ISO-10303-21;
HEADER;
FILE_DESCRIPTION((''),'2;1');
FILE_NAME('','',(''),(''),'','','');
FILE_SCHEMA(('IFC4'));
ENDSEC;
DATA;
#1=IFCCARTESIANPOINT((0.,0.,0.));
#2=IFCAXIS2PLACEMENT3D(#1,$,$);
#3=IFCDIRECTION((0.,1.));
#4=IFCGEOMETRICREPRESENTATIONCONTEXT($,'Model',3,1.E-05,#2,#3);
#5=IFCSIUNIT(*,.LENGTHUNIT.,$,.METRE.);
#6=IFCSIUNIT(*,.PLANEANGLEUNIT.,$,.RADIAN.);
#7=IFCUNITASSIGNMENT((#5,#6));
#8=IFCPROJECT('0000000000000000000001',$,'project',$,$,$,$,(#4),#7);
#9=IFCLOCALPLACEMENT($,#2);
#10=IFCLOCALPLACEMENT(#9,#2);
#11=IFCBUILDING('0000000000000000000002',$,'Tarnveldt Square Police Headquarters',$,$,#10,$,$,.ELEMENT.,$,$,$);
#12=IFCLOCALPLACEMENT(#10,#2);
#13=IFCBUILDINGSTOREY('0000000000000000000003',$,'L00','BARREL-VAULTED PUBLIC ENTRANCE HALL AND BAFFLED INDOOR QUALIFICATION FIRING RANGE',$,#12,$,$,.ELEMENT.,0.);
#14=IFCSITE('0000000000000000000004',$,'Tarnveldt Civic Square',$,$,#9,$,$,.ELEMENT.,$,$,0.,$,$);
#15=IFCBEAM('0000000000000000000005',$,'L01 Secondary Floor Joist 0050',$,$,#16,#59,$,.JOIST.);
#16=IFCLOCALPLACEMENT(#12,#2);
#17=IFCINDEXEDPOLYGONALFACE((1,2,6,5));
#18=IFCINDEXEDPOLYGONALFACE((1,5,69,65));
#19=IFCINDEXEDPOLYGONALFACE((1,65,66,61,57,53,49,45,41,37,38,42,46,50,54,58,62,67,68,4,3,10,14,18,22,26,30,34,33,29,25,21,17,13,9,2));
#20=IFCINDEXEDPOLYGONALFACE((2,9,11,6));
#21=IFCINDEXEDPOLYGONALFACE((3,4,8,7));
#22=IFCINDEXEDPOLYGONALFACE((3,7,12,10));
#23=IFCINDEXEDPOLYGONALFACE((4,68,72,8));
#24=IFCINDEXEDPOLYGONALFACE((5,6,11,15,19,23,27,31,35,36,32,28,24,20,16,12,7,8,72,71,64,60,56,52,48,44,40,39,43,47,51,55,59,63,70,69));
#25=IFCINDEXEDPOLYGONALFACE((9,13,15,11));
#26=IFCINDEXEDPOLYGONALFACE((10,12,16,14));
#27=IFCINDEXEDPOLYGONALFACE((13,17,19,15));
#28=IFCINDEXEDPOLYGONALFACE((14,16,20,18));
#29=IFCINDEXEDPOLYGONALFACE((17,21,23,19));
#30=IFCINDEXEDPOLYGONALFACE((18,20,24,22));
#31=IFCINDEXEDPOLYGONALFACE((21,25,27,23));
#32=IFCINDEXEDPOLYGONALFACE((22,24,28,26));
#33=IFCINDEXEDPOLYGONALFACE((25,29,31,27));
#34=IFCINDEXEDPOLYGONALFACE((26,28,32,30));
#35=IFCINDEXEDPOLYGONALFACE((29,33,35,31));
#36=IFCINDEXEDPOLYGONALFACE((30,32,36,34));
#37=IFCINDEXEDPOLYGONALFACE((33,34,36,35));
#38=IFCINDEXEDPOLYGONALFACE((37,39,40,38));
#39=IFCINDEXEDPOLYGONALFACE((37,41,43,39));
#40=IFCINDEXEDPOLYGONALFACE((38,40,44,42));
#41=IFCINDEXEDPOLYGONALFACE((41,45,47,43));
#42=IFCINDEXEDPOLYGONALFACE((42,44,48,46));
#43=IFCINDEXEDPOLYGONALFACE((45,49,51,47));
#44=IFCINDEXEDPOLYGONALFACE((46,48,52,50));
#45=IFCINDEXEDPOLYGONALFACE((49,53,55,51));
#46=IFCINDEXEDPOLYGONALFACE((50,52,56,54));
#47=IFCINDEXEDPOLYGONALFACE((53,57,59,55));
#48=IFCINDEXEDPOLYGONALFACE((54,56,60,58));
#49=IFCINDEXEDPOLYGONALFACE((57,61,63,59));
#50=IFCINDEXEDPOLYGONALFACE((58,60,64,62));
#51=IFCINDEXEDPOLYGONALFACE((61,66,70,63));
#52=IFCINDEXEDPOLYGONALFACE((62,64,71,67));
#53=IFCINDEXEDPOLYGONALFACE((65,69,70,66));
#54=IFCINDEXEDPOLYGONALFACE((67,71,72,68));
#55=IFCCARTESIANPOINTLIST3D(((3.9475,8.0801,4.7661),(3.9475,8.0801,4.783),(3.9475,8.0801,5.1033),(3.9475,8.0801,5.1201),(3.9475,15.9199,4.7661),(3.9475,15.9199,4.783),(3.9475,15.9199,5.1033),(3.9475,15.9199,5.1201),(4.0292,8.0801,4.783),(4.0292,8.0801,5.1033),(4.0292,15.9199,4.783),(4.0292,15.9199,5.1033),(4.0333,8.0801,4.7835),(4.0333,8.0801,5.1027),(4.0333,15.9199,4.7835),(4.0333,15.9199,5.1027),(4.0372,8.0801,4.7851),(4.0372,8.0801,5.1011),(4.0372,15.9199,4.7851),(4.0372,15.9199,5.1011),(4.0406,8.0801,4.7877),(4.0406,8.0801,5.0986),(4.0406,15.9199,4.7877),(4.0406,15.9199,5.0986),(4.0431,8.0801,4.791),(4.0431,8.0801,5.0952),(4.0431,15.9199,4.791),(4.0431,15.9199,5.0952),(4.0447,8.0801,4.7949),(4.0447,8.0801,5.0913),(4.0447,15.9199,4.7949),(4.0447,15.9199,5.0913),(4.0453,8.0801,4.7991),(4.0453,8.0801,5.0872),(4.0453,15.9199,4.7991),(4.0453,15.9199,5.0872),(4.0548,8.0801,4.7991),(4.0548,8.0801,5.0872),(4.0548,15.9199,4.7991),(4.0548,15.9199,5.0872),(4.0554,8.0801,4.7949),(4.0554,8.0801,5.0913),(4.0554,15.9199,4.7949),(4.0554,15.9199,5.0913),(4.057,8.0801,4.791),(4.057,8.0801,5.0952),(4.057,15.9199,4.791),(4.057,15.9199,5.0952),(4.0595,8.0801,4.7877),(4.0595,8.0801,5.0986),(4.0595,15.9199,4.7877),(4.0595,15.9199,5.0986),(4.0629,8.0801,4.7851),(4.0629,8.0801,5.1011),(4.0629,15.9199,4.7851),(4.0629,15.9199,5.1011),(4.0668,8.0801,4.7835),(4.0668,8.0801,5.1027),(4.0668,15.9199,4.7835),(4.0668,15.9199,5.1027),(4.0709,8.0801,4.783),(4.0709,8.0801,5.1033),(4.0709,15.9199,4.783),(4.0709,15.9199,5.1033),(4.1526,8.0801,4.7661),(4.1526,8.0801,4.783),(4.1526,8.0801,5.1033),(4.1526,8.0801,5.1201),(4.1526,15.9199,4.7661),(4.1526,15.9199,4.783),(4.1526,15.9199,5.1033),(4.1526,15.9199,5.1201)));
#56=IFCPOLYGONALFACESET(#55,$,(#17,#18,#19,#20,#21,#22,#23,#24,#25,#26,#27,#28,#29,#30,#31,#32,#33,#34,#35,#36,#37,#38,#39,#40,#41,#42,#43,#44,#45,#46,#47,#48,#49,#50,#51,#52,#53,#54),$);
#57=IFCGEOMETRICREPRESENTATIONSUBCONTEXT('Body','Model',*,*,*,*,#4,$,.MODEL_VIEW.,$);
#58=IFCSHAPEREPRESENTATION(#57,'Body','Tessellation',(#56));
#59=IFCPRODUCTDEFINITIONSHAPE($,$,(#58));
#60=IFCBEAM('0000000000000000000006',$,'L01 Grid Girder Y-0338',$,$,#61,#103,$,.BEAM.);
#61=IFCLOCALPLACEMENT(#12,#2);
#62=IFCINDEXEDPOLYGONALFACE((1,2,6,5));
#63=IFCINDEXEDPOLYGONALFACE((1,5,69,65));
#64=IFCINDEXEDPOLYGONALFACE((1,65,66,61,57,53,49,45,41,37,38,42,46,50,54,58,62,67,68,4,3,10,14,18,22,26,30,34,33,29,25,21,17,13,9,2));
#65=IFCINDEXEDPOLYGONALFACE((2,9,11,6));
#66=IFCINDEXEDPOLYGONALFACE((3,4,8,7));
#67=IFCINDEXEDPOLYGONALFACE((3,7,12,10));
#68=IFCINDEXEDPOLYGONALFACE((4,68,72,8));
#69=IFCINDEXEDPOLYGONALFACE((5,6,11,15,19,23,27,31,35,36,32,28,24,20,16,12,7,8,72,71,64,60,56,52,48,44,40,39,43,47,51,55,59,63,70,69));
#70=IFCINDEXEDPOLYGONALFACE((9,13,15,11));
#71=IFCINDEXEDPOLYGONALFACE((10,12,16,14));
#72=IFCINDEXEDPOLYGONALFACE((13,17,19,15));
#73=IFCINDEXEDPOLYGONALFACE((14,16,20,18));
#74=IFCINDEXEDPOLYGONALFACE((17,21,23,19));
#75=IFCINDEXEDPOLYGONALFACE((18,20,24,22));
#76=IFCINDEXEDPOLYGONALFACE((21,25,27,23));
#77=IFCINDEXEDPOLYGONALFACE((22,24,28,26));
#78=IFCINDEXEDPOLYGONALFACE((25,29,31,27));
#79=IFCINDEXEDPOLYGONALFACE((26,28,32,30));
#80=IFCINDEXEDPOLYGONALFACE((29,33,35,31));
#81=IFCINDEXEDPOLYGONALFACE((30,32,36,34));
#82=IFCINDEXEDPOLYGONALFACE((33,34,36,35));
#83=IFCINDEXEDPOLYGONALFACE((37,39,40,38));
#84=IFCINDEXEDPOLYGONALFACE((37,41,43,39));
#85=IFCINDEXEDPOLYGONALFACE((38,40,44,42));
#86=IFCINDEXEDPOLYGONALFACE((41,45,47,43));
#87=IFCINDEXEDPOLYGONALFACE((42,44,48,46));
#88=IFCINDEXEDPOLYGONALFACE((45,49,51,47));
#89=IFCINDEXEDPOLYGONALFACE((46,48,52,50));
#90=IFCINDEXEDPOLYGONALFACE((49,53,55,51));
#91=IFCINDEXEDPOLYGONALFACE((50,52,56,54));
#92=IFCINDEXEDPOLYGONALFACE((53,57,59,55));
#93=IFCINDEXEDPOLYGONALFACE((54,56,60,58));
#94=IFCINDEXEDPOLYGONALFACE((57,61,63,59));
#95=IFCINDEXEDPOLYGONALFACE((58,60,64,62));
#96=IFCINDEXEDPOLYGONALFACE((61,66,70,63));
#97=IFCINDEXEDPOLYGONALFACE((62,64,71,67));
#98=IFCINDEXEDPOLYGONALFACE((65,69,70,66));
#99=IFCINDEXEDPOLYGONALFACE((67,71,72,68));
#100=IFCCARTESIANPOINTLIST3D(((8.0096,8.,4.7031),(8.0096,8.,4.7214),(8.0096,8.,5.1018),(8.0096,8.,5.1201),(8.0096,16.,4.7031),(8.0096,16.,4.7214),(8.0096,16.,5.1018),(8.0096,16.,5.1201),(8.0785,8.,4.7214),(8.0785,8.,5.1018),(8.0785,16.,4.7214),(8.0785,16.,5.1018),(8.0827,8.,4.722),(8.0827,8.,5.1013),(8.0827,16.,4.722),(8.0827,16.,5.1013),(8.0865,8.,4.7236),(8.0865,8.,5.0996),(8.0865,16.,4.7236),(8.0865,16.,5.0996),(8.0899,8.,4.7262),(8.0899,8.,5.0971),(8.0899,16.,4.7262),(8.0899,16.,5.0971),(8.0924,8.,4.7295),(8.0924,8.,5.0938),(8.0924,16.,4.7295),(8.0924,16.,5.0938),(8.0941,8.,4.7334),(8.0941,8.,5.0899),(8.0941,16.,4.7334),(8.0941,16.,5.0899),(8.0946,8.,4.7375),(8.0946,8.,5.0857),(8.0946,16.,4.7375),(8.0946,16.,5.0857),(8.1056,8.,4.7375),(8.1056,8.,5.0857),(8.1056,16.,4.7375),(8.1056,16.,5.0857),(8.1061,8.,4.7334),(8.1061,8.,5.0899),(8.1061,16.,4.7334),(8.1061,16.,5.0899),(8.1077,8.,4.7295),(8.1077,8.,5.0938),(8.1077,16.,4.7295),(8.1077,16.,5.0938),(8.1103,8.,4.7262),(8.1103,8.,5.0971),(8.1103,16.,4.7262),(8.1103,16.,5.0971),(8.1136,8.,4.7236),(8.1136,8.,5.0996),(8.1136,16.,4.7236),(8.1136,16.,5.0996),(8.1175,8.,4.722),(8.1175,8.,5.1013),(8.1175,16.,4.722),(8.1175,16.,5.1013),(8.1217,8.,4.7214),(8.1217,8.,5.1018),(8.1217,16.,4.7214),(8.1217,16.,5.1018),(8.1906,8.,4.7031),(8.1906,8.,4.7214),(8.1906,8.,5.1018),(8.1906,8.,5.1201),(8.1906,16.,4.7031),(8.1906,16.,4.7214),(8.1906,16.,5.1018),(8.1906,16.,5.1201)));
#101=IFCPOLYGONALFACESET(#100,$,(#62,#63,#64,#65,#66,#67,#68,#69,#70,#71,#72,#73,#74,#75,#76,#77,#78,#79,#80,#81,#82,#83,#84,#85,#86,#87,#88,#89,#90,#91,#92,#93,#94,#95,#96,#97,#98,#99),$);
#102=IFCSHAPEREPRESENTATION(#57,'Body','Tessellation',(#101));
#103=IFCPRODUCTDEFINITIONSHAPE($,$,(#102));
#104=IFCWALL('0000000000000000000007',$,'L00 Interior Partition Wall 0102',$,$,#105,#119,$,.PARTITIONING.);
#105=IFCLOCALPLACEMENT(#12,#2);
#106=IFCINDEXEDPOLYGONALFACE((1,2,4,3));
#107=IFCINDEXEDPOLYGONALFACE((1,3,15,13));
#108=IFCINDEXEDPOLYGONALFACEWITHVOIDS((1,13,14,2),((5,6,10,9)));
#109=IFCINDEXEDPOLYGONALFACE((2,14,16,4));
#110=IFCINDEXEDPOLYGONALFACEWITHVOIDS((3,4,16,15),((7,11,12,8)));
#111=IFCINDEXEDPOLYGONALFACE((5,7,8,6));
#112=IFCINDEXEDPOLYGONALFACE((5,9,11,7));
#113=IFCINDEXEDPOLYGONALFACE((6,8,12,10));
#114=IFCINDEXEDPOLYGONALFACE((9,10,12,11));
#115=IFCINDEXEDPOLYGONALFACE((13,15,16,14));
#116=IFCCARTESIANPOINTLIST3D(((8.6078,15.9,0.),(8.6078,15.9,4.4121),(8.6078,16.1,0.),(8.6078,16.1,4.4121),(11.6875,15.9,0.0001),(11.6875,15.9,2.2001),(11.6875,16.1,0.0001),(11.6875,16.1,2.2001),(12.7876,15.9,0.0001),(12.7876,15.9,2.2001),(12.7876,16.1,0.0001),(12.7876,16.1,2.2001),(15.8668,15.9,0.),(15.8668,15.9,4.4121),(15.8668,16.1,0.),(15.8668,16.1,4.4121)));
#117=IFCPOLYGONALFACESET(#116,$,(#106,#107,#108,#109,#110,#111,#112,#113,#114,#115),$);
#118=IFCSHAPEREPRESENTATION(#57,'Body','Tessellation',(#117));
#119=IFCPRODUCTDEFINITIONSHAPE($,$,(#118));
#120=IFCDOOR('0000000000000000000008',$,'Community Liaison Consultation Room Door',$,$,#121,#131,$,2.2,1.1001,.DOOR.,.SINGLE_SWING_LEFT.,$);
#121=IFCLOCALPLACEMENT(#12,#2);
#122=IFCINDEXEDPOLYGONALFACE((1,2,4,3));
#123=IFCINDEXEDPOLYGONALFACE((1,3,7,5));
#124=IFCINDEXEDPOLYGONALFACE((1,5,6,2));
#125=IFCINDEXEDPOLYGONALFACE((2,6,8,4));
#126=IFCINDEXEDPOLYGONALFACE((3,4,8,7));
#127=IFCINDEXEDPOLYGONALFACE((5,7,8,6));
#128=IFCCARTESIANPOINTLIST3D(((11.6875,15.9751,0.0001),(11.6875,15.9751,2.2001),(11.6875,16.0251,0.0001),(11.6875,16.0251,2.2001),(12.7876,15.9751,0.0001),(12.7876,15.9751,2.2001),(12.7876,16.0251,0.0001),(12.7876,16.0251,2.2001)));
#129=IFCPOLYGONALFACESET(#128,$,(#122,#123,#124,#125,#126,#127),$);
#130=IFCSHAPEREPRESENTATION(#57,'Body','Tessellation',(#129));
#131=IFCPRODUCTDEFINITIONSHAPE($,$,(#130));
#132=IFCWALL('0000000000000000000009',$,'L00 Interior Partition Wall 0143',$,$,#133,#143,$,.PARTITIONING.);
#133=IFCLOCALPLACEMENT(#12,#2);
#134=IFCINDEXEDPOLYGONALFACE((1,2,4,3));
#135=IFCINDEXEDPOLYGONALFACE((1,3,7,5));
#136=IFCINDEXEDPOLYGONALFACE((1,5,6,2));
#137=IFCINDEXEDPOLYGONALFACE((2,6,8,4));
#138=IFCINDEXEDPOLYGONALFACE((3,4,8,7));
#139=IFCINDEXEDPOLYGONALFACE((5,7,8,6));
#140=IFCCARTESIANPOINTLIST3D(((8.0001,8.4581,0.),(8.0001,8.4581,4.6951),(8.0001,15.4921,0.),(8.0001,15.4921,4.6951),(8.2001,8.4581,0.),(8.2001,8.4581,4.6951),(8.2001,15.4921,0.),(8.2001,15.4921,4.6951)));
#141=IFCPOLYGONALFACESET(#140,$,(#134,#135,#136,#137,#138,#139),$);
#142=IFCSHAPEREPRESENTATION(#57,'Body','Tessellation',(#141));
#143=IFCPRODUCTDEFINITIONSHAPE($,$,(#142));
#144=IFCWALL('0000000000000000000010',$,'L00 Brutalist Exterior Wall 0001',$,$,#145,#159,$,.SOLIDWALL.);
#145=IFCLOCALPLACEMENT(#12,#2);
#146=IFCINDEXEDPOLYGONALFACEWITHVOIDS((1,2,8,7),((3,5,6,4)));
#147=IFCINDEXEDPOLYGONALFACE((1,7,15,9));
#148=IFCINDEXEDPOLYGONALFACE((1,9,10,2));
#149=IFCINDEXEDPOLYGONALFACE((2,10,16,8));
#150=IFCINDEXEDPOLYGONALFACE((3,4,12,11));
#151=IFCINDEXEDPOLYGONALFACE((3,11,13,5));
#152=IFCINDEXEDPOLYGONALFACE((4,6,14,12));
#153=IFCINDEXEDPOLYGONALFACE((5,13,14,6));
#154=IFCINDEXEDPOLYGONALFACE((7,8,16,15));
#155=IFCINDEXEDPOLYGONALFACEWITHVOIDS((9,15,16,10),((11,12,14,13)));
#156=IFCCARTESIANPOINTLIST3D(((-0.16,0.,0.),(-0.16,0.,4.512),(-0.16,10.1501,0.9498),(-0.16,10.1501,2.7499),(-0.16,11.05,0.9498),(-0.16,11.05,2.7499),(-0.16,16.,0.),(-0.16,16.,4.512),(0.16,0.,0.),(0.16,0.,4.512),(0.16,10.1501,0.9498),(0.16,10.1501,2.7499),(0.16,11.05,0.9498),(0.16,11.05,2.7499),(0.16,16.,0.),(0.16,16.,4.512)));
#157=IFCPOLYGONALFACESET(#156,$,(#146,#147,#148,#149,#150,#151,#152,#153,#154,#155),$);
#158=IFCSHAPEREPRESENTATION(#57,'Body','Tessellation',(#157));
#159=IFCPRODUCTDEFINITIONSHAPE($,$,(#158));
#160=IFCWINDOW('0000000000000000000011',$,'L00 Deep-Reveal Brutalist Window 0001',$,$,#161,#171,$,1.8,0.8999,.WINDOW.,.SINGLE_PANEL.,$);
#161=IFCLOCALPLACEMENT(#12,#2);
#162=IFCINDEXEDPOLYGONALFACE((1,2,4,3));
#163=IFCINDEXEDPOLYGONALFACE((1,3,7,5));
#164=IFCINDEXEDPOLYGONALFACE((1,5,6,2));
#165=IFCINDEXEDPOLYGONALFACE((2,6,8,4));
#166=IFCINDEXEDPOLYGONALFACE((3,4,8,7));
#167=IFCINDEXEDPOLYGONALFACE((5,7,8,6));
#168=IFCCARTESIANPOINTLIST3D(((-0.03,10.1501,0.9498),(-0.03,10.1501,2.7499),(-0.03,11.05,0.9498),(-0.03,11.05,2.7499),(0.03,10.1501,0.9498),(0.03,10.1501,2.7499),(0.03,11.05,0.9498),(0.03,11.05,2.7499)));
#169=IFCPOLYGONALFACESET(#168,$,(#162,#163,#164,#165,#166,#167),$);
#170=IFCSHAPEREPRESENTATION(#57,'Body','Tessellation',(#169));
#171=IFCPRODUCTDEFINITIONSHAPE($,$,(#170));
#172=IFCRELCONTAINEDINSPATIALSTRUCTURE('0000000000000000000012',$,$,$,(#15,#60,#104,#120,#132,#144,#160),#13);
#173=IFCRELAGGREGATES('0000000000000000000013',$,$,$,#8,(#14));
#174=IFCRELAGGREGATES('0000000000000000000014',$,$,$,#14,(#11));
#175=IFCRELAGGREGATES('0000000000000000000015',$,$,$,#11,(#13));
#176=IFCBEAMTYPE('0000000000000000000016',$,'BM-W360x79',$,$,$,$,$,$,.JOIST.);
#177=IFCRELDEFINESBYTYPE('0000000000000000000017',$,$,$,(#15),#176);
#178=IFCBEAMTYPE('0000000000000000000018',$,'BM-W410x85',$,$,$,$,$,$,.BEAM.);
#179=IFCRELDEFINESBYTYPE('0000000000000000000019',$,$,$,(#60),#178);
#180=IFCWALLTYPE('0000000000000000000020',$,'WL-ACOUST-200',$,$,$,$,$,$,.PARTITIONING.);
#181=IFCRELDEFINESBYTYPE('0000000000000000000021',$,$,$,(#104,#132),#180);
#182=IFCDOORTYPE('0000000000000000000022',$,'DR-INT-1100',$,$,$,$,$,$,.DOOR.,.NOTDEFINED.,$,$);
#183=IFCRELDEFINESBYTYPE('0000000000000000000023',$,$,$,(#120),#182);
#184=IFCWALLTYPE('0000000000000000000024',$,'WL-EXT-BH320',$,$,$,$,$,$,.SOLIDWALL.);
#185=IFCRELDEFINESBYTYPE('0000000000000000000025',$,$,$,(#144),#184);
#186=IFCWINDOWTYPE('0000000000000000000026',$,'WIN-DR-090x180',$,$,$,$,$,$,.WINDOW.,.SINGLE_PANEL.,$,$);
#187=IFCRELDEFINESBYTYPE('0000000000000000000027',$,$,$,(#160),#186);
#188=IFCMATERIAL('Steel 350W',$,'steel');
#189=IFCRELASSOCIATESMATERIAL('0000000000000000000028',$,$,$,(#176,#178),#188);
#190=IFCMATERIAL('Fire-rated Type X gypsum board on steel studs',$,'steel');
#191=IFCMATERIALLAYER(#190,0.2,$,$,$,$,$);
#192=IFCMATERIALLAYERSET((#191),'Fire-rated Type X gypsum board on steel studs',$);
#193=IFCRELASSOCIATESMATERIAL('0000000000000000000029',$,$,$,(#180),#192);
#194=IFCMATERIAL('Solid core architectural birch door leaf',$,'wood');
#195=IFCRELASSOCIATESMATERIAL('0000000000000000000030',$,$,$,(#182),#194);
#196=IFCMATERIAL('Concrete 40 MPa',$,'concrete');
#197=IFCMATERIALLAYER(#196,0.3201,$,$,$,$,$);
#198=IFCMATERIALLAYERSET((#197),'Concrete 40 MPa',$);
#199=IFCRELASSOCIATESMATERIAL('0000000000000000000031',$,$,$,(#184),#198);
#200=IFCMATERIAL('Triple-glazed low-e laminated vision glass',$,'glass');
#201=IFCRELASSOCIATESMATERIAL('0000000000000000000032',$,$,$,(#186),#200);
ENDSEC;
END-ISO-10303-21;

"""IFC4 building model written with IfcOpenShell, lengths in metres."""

from ifc_helpers import new_model, si_unit, direction, frame, frame_2d, origin, origin_2d, place, context, subcontext, project, spatial, rectangle, i_section, extrude, material, layer, layer_set, material_profile, profile_set, type_object, element, fill, save


model = new_model("IFC4")

# Units and contexts
model_context = context("Model", 3, precision=1e-05, world=origin(), true_north=direction((0.0, 1.0)))
body_context = subcontext(model_context, "Body", "Model", "MODEL_VIEW")
ifc_project = project(units=[si_unit("LENGTHUNIT", "METRE"), si_unit("PLANEANGLEUNIT", "RADIAN")], contexts=[model_context])

# Site, building, storey
site_placement = place(None, origin())
site = spatial("IfcSite", under=ifc_project, at=site_placement, Name="Tarnveldt Civic Square", CompositionType="ELEMENT", RefElevation=0.0)
building_placement = place(site_placement, origin())
building = spatial("IfcBuilding", under=site, at=building_placement, Name="Tarnveldt Square Police Headquarters", CompositionType="ELEMENT")
storey_placement = place(building_placement, origin())
storey = spatial("IfcBuildingStorey", under=building, at=storey_placement, Name="L00", Description="BARREL-VAULTED PUBLIC ENTRANCE HALL AND BAFFLED INDOOR QUALIFICATION FIRING RANGE", CompositionType="ELEMENT", Elevation=0.0)

# Beams
ifc_material_1 = material(Name="Concrete 40 MPa", Category="concrete")
ifc_material_2 = material(Name="Steel 350W", Category="steel")
ifc_material_profile_1 = material_profile(ifc_material_2, i_section(OverallWidth=0.2051, OverallDepth=0.354, WebThickness=0.0095, FlangeThickness=0.0168, FilletRadius=0.0161, at=origin_2d()), Name="W360x79")
ifc_profile_set_1 = profile_set([ifc_material_profile_1], Name="Steel 350W")
beam_type_1 = type_object("IfcBeamType", Name="BM-W360x79", PredefinedType="JOIST", material=ifc_profile_set_1)
beam_1_placement = place(storey_placement, frame((4.05, 8.0801, 4.9431), z_axis=(0.0, 1.0, 0.0), x_axis=(-1.0, 0.0, 0.0)))
element("IfcBeam", 1, at=beam_1_placement, inside=storey, type_object=beam_type_1, Name="L01 Secondary Floor Joist 0050", PredefinedType="JOIST", context=body_context, shape_type="SweptSolid", body=[
    extrude(i_section(OverallWidth=0.2051, OverallDepth=0.354, WebThickness=0.0095, FlangeThickness=0.0168, FilletRadius=0.0161, at=origin_2d()), origin(), (0.0, 0.0, 1.0), 7.8398),
])
ifc_material_profile_2 = material_profile(ifc_material_2, i_section(OverallWidth=0.1809, OverallDepth=0.417, WebThickness=0.011, FlangeThickness=0.0183, FilletRadius=0.0161, at=origin_2d()), Name="W410x85")
ifc_profile_set_2 = profile_set([ifc_material_profile_2], Name="Steel 350W")
beam_type_2 = type_object("IfcBeamType", Name="BM-W410x85", PredefinedType="BEAM", material=ifc_profile_set_2)
beam_2_placement = place(storey_placement, frame((8.1001, 8.0, 4.9116), z_axis=(0.0, 1.0, 0.0), x_axis=(-1.0, 0.0, 0.0)))
element("IfcBeam", 2, at=beam_2_placement, inside=storey, type_object=beam_type_2, Name="L01 Grid Girder Y-0338", PredefinedType="BEAM", context=body_context, shape_type="SweptSolid", body=[
    extrude(i_section(OverallWidth=0.1809, OverallDepth=0.417, WebThickness=0.011, FlangeThickness=0.0183, FilletRadius=0.0161, at=origin_2d()), origin(), (0.0, 0.0, 1.0), 8.0),
])

# Wall, opening, door
ifc_material_3 = material(Name="Fire-rated Type X gypsum board on steel studs", Category="steel")
ifc_layer_1 = layer(ifc_material_3, 0.2)
ifc_layer_set_1 = layer_set([ifc_layer_1], Name="Fire-rated Type X gypsum board on steel studs")
wall_type_1 = type_object("IfcWallType", Name="WL-ACOUST-200", PredefinedType="PARTITIONING", material=ifc_layer_set_1)
wall_1_placement = place(storey_placement, frame((8.6079, 16.0, 0.0), z_axis=(0.0, 0.0, 1.0), x_axis=(1.0, 0.0, 0.0)))
wall_1 = element("IfcWall", 3, at=wall_1_placement, inside=storey, type_object=wall_type_1, Name="L00 Interior Partition Wall 0102", PredefinedType="PARTITIONING", context=body_context, shape_type="SweptSolid", body=[
    extrude(rectangle(XDim=7.259, YDim=0.2, at=frame_2d((3.6294, 0.0))), origin(), (0.0, 0.0, 1.0), 4.4121),
])
opening_1_placement = place(wall_1_placement, frame((3.0796, 0.0, 0.0)))
opening_1 = element("IfcOpeningElement", 4, at=opening_1_placement, cuts=wall_1, PredefinedType="OPENING", context=body_context, shape_type="SweptSolid", body=[
    extrude(rectangle(XDim=1.1001, YDim=2.2, at=frame_2d((0.55, 1.1001))), frame((0.0, 0.1099, 0.0), z_axis=(0.0, -1.0, 0.0), x_axis=(1.0, 0.0, 0.0)), (0.0, 0.0, 1.0), 0.22),
])
ifc_material_4 = material(Name="Solid core architectural birch door leaf", Category="wood")
door_type = type_object("IfcDoorType", Name="DR-INT-1100", OperationType="NOTDEFINED", PredefinedType="DOOR", material=ifc_material_4)
door_placement = place(opening_1_placement, frame((1.1001, 0.0, 0.0), z_axis=(0.0, 0.0, 1.0), x_axis=(-1.0, 0.0, 0.0)))
door = element("IfcDoor", 5, at=door_placement, inside=storey, type_object=door_type, Name="Community Liaison Consultation Room Door", OperationType="SINGLE_SWING_LEFT", OverallHeight=2.2, OverallWidth=1.1001, PredefinedType="DOOR", context=body_context, shape_type="SweptSolid", body=[
    extrude(rectangle(XDim=1.1001, YDim=2.2, at=frame_2d((0.55, 1.1001))), frame((0.0, 0.0249, 0.0), z_axis=(0.0, -1.0, 0.0), x_axis=(1.0, 0.0, 0.0)), (0.0, 0.0, 1.0), 0.05),
])
fill(opening_1, door)

# Wall
wall_2_placement = place(storey_placement, frame((8.1001, 8.458, 0.0), z_axis=(0.0, 0.0, 1.0), x_axis=(0.0, 1.0, 0.0)))
element("IfcWall", 6, at=wall_2_placement, inside=storey, type_object=wall_type_1, Name="L00 Interior Partition Wall 0143", PredefinedType="PARTITIONING", context=body_context, shape_type="SweptSolid", body=[
    extrude(rectangle(XDim=7.0339, YDim=0.2, at=frame_2d((3.5171, 0.0))), origin(), (0.0, 0.0, 1.0), 4.6951),
])

# Wall, opening, window
ifc_layer_2 = layer(ifc_material_1, 0.3201)
ifc_layer_set_2 = layer_set([ifc_layer_2], Name="Concrete 40 MPa")
wall_type_2 = type_object("IfcWallType", Name="WL-EXT-BH320", PredefinedType="SOLIDWALL", material=ifc_layer_set_2)
wall_3_placement = place(storey_placement, frame((0.0, 16.0, 0.0), z_axis=(0.0, 0.0, 1.0), x_axis=(0.0, -1.0, 0.0)))
wall_3 = element("IfcWall", 7, at=wall_3_placement, inside=storey, type_object=wall_type_2, Name="L00 Brutalist Exterior Wall 0001", PredefinedType="SOLIDWALL", context=body_context, shape_type="SweptSolid", body=[
    extrude(rectangle(XDim=16.0, YDim=0.3201, at=frame_2d((8.0, 0.0))), origin(), (0.0, 0.0, 1.0), 4.512),
])
opening_2_placement = place(wall_3_placement, frame((4.95, 0.0, 0.95)))
opening_2 = element("IfcOpeningElement", 8, at=opening_2_placement, cuts=wall_3, PredefinedType="OPENING", context=body_context, shape_type="SweptSolid", body=[
    extrude(rectangle(XDim=0.8999, YDim=1.8, at=frame_2d((0.45, 0.8999))), frame((0.0, 0.1699, 0.0), z_axis=(0.0, -1.0, 0.0), x_axis=(1.0, 0.0, 0.0)), (0.0, 0.0, 1.0), 0.3401),
])
ifc_material_5 = material(Name="Triple-glazed low-e laminated vision glass", Category="glass")
window_type_1 = type_object("IfcWindowType", Name="WIN-DR-090x180", PartitioningType="SINGLE_PANEL", PredefinedType="WINDOW", material=ifc_material_5)
window_1_placement = place(opening_2_placement, origin())
window_1 = element("IfcWindow", 9, at=window_1_placement, inside=storey, type_object=window_type_1, Name="L00 Deep-Reveal Brutalist Window 0001", OverallHeight=1.8, OverallWidth=0.8999, PartitioningType="SINGLE_PANEL", PredefinedType="WINDOW", context=body_context, shape_type="SweptSolid", body=[
    extrude(rectangle(XDim=0.8999, YDim=1.8, at=frame_2d((0.45, 0.8999))), frame((0.0, 0.03, 0.0), z_axis=(0.0, -1.0, 0.0), x_axis=(1.0, 0.0, 0.0)), (0.0, 0.0, 1.0), 0.0601),
])
fill(opening_2, window_1)

save(model, "model.ifc")
